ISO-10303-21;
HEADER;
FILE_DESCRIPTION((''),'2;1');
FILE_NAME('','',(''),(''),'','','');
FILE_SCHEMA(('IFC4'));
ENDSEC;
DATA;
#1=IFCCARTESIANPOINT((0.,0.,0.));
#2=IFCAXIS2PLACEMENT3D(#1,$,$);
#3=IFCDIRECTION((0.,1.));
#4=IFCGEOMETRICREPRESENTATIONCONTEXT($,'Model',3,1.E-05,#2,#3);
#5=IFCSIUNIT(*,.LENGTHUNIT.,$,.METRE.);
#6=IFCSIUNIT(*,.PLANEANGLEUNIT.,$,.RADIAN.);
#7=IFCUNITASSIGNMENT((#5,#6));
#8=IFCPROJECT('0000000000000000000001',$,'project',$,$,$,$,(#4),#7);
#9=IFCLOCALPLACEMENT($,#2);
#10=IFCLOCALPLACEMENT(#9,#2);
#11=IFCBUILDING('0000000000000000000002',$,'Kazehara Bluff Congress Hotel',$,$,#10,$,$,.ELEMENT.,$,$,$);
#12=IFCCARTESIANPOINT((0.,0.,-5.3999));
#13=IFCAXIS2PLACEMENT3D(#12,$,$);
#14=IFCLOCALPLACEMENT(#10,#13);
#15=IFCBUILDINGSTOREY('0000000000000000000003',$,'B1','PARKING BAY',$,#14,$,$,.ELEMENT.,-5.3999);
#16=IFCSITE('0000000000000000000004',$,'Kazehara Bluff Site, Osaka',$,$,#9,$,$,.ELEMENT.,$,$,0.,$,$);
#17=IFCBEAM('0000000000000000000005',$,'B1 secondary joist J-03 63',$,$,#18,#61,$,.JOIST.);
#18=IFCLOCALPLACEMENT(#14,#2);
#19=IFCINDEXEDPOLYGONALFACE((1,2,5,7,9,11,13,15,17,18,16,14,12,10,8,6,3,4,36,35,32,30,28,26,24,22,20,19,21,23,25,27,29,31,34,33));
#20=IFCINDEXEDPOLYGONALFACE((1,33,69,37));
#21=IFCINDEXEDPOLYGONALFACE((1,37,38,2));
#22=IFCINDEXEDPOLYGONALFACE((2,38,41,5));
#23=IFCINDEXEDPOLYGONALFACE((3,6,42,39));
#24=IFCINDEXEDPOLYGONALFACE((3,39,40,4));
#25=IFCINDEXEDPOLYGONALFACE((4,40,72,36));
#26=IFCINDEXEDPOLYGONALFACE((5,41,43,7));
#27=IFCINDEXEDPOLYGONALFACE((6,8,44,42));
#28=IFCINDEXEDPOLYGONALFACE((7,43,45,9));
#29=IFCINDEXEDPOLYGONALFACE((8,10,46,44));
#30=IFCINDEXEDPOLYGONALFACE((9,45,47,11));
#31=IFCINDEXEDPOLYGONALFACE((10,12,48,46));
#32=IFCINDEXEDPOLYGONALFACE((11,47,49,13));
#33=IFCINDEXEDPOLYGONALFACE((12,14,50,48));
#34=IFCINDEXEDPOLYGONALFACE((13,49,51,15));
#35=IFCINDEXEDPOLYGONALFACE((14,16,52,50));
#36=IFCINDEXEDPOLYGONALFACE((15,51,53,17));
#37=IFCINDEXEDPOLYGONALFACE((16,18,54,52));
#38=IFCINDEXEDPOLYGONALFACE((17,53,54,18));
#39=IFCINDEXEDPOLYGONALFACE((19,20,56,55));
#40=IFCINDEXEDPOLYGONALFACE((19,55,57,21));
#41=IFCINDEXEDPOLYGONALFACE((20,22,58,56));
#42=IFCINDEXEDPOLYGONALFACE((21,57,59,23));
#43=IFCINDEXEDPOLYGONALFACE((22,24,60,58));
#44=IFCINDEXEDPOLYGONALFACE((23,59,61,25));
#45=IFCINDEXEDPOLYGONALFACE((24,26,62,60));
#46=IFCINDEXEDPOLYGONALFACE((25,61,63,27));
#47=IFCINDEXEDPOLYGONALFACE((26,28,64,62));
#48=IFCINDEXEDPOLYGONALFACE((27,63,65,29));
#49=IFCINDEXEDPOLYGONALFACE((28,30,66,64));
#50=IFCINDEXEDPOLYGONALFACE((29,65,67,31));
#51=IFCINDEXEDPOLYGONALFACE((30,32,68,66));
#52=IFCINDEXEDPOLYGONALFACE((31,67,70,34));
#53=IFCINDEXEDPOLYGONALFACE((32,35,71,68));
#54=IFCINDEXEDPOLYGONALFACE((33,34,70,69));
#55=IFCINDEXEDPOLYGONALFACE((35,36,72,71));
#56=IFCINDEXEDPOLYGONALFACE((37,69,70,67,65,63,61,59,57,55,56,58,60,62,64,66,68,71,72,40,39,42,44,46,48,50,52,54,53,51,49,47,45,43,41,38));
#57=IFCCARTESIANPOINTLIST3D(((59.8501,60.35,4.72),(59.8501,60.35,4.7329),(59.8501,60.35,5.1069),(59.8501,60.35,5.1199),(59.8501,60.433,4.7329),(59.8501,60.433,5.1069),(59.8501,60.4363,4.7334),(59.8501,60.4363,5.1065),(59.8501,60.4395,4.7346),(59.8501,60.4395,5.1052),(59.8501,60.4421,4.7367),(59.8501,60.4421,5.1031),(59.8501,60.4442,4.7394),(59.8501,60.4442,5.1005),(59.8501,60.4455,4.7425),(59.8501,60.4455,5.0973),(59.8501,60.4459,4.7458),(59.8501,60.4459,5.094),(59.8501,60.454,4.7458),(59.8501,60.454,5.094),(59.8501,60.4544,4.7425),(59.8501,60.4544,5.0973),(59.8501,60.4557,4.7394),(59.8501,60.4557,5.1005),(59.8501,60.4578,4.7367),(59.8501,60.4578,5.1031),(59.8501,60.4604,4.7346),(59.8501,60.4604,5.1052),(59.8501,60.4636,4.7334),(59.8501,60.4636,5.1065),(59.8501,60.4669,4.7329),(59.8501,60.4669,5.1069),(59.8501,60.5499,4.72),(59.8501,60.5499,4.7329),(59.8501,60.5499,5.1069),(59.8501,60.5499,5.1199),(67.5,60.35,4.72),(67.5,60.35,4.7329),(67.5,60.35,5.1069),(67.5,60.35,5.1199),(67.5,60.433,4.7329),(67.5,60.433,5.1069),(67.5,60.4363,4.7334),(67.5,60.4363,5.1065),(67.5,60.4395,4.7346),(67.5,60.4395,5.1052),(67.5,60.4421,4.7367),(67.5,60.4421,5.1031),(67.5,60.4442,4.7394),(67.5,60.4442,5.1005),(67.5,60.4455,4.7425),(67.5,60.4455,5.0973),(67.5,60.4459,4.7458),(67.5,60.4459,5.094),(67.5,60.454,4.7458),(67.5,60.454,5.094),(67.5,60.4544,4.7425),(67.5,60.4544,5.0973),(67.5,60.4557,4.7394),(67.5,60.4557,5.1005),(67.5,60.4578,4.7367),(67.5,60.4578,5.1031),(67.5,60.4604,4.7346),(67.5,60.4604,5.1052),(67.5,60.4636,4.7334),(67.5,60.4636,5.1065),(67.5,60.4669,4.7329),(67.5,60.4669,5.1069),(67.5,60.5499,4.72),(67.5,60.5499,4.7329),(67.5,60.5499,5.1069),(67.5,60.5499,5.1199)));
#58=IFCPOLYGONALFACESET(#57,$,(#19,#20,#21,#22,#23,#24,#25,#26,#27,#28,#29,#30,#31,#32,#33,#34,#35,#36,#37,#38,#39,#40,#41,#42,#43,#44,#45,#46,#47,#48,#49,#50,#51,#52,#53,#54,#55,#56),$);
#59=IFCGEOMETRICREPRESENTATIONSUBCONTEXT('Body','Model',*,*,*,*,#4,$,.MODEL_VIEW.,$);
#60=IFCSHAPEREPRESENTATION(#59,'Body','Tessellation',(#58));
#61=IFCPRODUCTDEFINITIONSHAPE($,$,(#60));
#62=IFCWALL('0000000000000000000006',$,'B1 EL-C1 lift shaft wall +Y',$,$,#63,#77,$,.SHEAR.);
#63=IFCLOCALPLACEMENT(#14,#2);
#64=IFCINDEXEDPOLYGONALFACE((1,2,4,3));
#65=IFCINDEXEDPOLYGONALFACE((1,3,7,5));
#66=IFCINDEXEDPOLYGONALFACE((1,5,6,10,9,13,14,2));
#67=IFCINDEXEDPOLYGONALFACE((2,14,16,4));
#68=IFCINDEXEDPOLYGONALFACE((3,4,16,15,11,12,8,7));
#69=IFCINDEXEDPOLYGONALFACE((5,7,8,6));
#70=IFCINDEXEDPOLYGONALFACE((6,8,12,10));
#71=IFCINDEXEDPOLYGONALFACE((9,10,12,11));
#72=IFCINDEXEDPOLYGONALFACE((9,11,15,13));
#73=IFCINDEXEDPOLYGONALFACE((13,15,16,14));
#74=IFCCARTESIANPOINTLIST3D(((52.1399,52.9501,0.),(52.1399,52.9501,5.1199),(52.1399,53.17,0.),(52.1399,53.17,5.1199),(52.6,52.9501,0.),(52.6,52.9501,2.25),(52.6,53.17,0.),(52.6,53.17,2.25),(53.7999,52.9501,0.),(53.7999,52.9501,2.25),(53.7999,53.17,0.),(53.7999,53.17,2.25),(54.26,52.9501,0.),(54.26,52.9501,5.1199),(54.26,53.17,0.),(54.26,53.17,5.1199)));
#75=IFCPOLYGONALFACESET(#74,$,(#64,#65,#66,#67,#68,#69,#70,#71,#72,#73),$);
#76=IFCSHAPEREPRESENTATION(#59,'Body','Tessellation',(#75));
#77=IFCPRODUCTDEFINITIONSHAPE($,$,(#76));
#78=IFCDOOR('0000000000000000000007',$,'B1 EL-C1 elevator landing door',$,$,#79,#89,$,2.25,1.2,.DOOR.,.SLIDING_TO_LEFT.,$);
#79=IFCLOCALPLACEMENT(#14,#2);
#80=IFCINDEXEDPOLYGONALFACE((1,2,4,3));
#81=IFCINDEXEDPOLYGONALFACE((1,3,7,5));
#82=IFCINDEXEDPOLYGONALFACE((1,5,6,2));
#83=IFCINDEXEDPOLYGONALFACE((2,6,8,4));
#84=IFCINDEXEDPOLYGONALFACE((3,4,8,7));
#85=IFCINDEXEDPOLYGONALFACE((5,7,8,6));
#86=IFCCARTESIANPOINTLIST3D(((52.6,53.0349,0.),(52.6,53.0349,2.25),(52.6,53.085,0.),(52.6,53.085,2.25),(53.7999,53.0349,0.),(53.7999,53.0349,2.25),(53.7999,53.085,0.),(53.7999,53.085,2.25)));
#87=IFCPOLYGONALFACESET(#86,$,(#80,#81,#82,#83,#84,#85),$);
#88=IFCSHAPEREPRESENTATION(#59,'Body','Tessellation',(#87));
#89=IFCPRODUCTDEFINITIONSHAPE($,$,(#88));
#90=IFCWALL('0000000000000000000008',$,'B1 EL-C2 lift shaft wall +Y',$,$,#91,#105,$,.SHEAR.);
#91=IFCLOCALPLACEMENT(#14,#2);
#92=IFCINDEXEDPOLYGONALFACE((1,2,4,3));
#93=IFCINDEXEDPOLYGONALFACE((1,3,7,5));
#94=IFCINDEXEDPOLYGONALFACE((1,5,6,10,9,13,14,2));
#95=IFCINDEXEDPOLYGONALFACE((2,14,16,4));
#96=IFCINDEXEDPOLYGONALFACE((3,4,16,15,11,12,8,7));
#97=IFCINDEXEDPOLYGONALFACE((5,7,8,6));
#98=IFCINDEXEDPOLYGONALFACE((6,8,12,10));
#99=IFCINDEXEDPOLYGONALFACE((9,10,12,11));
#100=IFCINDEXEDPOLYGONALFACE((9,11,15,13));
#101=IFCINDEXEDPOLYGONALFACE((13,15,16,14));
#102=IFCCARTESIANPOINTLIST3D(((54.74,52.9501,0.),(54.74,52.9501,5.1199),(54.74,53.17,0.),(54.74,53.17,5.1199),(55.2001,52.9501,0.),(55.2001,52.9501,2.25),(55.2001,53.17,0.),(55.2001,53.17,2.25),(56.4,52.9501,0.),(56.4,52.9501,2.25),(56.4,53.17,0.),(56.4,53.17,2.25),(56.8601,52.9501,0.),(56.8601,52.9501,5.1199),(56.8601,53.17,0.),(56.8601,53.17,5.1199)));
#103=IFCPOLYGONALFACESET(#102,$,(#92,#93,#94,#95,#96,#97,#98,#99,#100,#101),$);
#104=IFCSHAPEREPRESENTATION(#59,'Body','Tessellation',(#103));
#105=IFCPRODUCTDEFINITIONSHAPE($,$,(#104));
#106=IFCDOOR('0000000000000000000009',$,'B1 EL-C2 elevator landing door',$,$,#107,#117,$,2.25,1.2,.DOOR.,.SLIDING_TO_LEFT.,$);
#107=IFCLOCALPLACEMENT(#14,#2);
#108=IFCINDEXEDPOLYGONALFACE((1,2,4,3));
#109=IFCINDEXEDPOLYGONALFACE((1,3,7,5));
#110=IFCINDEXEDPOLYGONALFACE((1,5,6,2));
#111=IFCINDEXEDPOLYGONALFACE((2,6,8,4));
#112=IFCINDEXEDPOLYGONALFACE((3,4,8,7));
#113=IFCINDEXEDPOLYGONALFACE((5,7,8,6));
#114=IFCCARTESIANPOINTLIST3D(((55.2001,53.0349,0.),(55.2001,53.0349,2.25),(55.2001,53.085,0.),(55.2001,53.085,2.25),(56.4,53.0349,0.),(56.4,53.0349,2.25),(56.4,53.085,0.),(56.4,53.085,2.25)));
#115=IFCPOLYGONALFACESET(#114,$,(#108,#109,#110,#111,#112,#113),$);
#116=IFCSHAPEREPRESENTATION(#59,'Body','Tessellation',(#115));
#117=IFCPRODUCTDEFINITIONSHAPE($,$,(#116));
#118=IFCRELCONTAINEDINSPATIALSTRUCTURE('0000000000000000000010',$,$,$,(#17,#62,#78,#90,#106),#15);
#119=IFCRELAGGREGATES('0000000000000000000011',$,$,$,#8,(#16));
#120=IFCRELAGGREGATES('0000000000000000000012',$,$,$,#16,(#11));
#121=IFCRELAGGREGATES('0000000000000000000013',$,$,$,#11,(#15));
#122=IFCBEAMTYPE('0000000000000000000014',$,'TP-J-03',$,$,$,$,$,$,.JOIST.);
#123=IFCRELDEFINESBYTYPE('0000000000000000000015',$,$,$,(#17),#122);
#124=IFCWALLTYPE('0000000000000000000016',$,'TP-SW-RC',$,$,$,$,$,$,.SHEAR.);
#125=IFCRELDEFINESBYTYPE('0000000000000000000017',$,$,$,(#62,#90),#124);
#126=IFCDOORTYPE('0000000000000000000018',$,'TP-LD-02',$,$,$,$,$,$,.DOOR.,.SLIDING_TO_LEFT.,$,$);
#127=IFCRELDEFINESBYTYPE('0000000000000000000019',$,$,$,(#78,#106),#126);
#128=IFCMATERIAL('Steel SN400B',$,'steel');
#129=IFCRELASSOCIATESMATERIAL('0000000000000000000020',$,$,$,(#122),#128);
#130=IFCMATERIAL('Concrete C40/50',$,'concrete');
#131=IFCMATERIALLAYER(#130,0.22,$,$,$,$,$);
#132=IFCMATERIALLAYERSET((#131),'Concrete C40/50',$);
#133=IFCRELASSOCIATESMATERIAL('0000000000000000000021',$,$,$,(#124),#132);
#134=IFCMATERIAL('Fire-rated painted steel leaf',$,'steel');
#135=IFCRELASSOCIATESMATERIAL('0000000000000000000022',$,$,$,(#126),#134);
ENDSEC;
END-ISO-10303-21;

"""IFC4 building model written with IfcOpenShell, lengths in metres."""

from ifc_helpers import new_model, si_unit, direction, frame, frame_2d, origin, origin_2d, place, context, subcontext, project, spatial, rectangle, i_section, extrude, material, layer, layer_set, material_profile, profile_set, type_object, element, fill, save


model = new_model("IFC4")

# Units and contexts
model_context = context("Model", 3, precision=1e-05, world=origin(), true_north=direction((0.0, 1.0)))
body_context = subcontext(model_context, "Body", "Model", "MODEL_VIEW")
ifc_project = project(units=[si_unit("LENGTHUNIT", "METRE"), si_unit("PLANEANGLEUNIT", "RADIAN")], contexts=[model_context])

# Site, building, storey
site_placement = place(None, origin())
site = spatial("IfcSite", under=ifc_project, at=site_placement, Name="Kazehara Bluff Site, Osaka", CompositionType="ELEMENT", RefElevation=0.0)
building_placement = place(site_placement, origin())
building = spatial("IfcBuilding", under=site, at=building_placement, Name="Kazehara Bluff Congress Hotel", CompositionType="ELEMENT")
storey_placement = place(building_placement, frame((0.0, 0.0, -5.3999)))
storey = spatial("IfcBuildingStorey", under=building, at=storey_placement, Name="B1", Description="PARKING BAY", CompositionType="ELEMENT", Elevation=-5.3999)

# Beam
ifc_material_1 = material(Name="Steel SN400B", Category="steel")
ifc_material_profile_1 = material_profile(ifc_material_1, i_section(OverallWidth=0.2, OverallDepth=0.3999, WebThickness=0.0081, FlangeThickness=0.0129, FilletRadius=0.0129, at=origin_2d()))
ifc_profile_set_1 = profile_set([ifc_material_profile_1], Name="Steel SN400B")
beam_type_1 = type_object("IfcBeamType", Name="TP-J-03", PredefinedType="JOIST", material=ifc_profile_set_1)
beam_1_placement = place(storey_placement, frame((59.8501, 60.45, 4.9199), z_axis=(1.0, 0.0, 0.0), x_axis=(0.0, 1.0, 0.0)))
element("IfcBeam", 1, at=beam_1_placement, inside=storey, type_object=beam_type_1, Name="B1 secondary joist J-03 63", PredefinedType="JOIST", context=body_context, shape_type="SweptSolid", body=[
    extrude(i_section(OverallWidth=0.2, OverallDepth=0.3999, WebThickness=0.0081, FlangeThickness=0.0129, FilletRadius=0.0129, at=origin_2d()), origin(), (0.0, 0.0, 1.0), 7.6499),
])

# Walls, openings, doors
ifc_material_2 = material(Name="Concrete C40/50", Category="concrete")
ifc_layer_1 = layer(ifc_material_2, 0.22)
ifc_layer_set_1 = layer_set([ifc_layer_1], Name="Concrete C40/50")
wall_type = type_object("IfcWallType", Name="TP-SW-RC", PredefinedType="SHEAR", material=ifc_layer_set_1)
wall_1_placement = place(storey_placement, frame((52.1399, 53.0601, 0.0), z_axis=(0.0, 0.0, 1.0), x_axis=(1.0, 0.0, 0.0)))
wall_1 = element("IfcWall", 2, at=wall_1_placement, inside=storey, type_object=wall_type, Name="B1 EL-C1 lift shaft wall +Y", PredefinedType="SHEAR", context=body_context, shape_type="SweptSolid", body=[
    extrude(rectangle(XDim=2.1201, YDim=0.22, at=frame_2d((1.0601, 0.0))), origin(), (0.0, 0.0, 1.0), 5.1199),
])
opening_1_placement = place(wall_1_placement, frame((0.46, 0.0, 0.0)))
opening_1 = element("IfcOpeningElement", 3, at=opening_1_placement, cuts=wall_1, PredefinedType="OPENING", context=body_context, shape_type="SweptSolid", body=[
    extrude(rectangle(XDim=1.2, YDim=2.25, at=frame_2d((0.6001, 1.125))), frame((0.0, 0.1199, 0.0), z_axis=(0.0, -1.0, 0.0), x_axis=(1.0, 0.0, 0.0)), (0.0, 0.0, 1.0), 0.24),
])
ifc_material_3 = material(Name="Fire-rated painted steel leaf", Category="steel")
door_type = type_object("IfcDoorType", Name="TP-LD-02", OperationType="SLIDING_TO_LEFT", PredefinedType="DOOR", material=ifc_material_3)
door_1_placement = place(opening_1_placement, origin())
door_1 = element("IfcDoor", 4, at=door_1_placement, inside=storey, type_object=door_type, Name="B1 EL-C1 elevator landing door", OperationType="SLIDING_TO_LEFT", OverallHeight=2.25, OverallWidth=1.2, PredefinedType="DOOR", context=body_context, shape_type="SweptSolid", body=[
    extrude(rectangle(XDim=1.2, YDim=2.25, at=frame_2d((0.6001, 1.125))), frame((0.0, 0.0249, 0.0), z_axis=(0.0, -1.0, 0.0), x_axis=(1.0, 0.0, 0.0)), (0.0, 0.0, 1.0), 0.05),
])
fill(opening_1, door_1)
wall_2_placement = place(storey_placement, frame((54.74, 53.0601, 0.0), z_axis=(0.0, 0.0, 1.0), x_axis=(1.0, 0.0, 0.0)))
wall_2 = element("IfcWall", 5, at=wall_2_placement, inside=storey, type_object=wall_type, Name="B1 EL-C2 lift shaft wall +Y", PredefinedType="SHEAR", context=body_context, shape_type="SweptSolid", body=[
    extrude(rectangle(XDim=2.1201, YDim=0.22, at=frame_2d((1.0601, 0.0))), origin(), (0.0, 0.0, 1.0), 5.1199),
])
opening_2_placement = place(wall_2_placement, frame((0.46, 0.0, 0.0)))
opening_2 = element("IfcOpeningElement", 6, at=opening_2_placement, cuts=wall_2, PredefinedType="OPENING", context=body_context, shape_type="SweptSolid", body=[
    extrude(rectangle(XDim=1.2, YDim=2.25, at=frame_2d((0.6001, 1.125))), frame((0.0, 0.1199, 0.0), z_axis=(0.0, -1.0, 0.0), x_axis=(1.0, 0.0, 0.0)), (0.0, 0.0, 1.0), 0.24),
])
door_2_placement = place(opening_2_placement, origin())
door_2 = element("IfcDoor", 7, at=door_2_placement, inside=storey, type_object=door_type, Name="B1 EL-C2 elevator landing door", OperationType="SLIDING_TO_LEFT", OverallHeight=2.25, OverallWidth=1.2, PredefinedType="DOOR", context=body_context, shape_type="SweptSolid", body=[
    extrude(rectangle(XDim=1.2, YDim=2.25, at=frame_2d((0.6001, 1.125))), frame((0.0, 0.0249, 0.0), z_axis=(0.0, -1.0, 0.0), x_axis=(1.0, 0.0, 0.0)), (0.0, 0.0, 1.0), 0.05),
])
fill(opening_2, door_2)

save(model, "model.ifc")
